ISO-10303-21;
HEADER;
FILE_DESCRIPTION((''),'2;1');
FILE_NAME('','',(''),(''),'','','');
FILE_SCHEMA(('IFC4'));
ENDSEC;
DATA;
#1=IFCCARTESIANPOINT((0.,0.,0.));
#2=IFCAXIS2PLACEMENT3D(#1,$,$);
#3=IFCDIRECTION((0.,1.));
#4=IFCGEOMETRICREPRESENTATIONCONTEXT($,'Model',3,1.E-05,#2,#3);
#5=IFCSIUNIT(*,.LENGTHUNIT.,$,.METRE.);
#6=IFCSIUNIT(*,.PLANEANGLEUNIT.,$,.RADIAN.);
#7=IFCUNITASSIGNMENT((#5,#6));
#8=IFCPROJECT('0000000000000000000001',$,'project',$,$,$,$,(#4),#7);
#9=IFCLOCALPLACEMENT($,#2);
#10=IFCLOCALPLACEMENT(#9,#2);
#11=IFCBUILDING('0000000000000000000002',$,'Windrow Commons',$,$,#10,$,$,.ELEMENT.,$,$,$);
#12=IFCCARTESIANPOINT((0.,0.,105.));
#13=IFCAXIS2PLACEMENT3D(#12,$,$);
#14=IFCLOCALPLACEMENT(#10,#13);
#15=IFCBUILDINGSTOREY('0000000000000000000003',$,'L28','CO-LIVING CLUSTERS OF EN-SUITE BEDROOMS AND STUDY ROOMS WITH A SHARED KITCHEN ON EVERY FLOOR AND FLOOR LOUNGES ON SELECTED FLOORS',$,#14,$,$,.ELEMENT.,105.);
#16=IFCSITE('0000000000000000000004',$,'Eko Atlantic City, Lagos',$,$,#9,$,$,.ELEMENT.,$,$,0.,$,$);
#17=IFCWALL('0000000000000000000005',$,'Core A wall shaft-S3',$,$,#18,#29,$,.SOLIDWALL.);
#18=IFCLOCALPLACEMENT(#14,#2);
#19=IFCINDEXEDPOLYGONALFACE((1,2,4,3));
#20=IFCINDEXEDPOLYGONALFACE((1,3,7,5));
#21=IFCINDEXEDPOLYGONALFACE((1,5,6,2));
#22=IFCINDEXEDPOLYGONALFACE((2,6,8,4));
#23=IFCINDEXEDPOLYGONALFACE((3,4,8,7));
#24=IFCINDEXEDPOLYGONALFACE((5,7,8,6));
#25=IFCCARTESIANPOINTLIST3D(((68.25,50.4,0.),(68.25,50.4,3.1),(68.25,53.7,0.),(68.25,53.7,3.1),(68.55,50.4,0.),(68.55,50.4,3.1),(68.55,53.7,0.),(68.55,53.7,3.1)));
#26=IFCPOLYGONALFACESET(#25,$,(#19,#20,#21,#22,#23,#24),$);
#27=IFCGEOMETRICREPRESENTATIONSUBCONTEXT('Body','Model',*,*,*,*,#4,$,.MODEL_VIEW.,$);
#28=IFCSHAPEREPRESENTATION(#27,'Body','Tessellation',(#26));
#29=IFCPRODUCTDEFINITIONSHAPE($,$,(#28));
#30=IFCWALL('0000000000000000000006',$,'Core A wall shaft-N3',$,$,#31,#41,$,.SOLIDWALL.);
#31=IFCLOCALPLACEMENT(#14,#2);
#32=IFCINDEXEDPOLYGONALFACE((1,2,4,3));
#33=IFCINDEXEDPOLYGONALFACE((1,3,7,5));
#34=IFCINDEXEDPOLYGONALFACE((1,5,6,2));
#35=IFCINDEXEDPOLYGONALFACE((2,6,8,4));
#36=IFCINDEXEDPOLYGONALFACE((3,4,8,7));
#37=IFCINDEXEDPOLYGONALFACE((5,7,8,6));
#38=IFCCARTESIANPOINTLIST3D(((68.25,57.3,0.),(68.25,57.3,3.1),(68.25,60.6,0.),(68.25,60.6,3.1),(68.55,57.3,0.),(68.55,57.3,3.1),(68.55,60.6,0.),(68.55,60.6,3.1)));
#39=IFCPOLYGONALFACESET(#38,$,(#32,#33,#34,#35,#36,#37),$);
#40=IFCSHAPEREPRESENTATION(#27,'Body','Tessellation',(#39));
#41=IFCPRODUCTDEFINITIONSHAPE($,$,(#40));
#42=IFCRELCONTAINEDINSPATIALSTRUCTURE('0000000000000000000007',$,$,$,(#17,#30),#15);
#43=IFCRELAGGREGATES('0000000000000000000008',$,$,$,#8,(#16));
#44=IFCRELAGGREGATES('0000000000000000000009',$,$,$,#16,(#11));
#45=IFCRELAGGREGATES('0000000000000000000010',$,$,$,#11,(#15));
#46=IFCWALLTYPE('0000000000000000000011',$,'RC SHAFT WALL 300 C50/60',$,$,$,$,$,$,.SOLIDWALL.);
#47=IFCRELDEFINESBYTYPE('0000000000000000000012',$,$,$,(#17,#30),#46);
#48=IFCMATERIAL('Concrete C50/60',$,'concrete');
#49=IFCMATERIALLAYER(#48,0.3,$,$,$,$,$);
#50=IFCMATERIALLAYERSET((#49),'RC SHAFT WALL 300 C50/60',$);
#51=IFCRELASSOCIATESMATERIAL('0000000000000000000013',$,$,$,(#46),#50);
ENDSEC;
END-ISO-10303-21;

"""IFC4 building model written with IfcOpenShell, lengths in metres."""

from ifc_helpers import new_model, si_unit, direction, frame, frame_2d, origin, place, context, subcontext, project, spatial, rectangle, extrude, material, layer, layer_set, type_object, element, save


model = new_model("IFC4")

# Units and contexts
model_context = context("Model", 3, precision=1e-05, world=origin(), true_north=direction((0.0, 1.0)))
body_context = subcontext(model_context, "Body", "Model", "MODEL_VIEW")
ifc_project = project(units=[si_unit("LENGTHUNIT", "METRE"), si_unit("PLANEANGLEUNIT", "RADIAN")], contexts=[model_context])

# Site, building, storey
site_placement = place(None, origin())
site = spatial("IfcSite", under=ifc_project, at=site_placement, Name="Eko Atlantic City, Lagos", CompositionType="ELEMENT", RefElevation=0.0)
building_placement = place(site_placement, origin())
building = spatial("IfcBuilding", under=site, at=building_placement, Name="Windrow Commons", CompositionType="ELEMENT")
storey_placement = place(building_placement, frame((0.0, 0.0, 105.0)))
storey = spatial("IfcBuildingStorey", under=building, at=storey_placement, Name="L28", Description="CO-LIVING CLUSTERS OF EN-SUITE BEDROOMS AND STUDY ROOMS WITH A SHARED KITCHEN ON EVERY FLOOR AND FLOOR LOUNGES ON SELECTED FLOORS", CompositionType="ELEMENT", Elevation=105.0)

# Walls
ifc_material_1 = material(Name="Concrete C50/60", Category="concrete")
ifc_layer_1 = layer(ifc_material_1, 0.3)
ifc_layer_set_1 = layer_set([ifc_layer_1], Name="RC SHAFT WALL 300 C50/60")
wall_type_1 = type_object("IfcWallType", Name="RC SHAFT WALL 300 C50/60", PredefinedType="SOLIDWALL", material=ifc_layer_set_1)
for number, where, z_axis, x_axis, name in (
    (1, (68.4, 50.4, 0.0), (0.0, 0.0, 1.0), (0.0, 1.0, 0.0), "Core A wall shaft-S3"),
    (2, (68.4, 57.3, 0.0), (0.0, 0.0, 1.0), (0.0, 1.0, 0.0), "Core A wall shaft-N3"),
):
    element("IfcWall", number, at=place(storey_placement, frame(where, z_axis=z_axis, x_axis=x_axis)), inside=storey, type_object=wall_type_1, Name=name, PredefinedType="SOLIDWALL", context=body_context, shape_type="SweptSolid", body=[
        extrude(rectangle(XDim=3.3, YDim=0.3, at=frame_2d((1.65, 0.0))), origin(), (0.0, 0.0, 1.0), 3.1),
    ])

save(model, "model.ifc")
